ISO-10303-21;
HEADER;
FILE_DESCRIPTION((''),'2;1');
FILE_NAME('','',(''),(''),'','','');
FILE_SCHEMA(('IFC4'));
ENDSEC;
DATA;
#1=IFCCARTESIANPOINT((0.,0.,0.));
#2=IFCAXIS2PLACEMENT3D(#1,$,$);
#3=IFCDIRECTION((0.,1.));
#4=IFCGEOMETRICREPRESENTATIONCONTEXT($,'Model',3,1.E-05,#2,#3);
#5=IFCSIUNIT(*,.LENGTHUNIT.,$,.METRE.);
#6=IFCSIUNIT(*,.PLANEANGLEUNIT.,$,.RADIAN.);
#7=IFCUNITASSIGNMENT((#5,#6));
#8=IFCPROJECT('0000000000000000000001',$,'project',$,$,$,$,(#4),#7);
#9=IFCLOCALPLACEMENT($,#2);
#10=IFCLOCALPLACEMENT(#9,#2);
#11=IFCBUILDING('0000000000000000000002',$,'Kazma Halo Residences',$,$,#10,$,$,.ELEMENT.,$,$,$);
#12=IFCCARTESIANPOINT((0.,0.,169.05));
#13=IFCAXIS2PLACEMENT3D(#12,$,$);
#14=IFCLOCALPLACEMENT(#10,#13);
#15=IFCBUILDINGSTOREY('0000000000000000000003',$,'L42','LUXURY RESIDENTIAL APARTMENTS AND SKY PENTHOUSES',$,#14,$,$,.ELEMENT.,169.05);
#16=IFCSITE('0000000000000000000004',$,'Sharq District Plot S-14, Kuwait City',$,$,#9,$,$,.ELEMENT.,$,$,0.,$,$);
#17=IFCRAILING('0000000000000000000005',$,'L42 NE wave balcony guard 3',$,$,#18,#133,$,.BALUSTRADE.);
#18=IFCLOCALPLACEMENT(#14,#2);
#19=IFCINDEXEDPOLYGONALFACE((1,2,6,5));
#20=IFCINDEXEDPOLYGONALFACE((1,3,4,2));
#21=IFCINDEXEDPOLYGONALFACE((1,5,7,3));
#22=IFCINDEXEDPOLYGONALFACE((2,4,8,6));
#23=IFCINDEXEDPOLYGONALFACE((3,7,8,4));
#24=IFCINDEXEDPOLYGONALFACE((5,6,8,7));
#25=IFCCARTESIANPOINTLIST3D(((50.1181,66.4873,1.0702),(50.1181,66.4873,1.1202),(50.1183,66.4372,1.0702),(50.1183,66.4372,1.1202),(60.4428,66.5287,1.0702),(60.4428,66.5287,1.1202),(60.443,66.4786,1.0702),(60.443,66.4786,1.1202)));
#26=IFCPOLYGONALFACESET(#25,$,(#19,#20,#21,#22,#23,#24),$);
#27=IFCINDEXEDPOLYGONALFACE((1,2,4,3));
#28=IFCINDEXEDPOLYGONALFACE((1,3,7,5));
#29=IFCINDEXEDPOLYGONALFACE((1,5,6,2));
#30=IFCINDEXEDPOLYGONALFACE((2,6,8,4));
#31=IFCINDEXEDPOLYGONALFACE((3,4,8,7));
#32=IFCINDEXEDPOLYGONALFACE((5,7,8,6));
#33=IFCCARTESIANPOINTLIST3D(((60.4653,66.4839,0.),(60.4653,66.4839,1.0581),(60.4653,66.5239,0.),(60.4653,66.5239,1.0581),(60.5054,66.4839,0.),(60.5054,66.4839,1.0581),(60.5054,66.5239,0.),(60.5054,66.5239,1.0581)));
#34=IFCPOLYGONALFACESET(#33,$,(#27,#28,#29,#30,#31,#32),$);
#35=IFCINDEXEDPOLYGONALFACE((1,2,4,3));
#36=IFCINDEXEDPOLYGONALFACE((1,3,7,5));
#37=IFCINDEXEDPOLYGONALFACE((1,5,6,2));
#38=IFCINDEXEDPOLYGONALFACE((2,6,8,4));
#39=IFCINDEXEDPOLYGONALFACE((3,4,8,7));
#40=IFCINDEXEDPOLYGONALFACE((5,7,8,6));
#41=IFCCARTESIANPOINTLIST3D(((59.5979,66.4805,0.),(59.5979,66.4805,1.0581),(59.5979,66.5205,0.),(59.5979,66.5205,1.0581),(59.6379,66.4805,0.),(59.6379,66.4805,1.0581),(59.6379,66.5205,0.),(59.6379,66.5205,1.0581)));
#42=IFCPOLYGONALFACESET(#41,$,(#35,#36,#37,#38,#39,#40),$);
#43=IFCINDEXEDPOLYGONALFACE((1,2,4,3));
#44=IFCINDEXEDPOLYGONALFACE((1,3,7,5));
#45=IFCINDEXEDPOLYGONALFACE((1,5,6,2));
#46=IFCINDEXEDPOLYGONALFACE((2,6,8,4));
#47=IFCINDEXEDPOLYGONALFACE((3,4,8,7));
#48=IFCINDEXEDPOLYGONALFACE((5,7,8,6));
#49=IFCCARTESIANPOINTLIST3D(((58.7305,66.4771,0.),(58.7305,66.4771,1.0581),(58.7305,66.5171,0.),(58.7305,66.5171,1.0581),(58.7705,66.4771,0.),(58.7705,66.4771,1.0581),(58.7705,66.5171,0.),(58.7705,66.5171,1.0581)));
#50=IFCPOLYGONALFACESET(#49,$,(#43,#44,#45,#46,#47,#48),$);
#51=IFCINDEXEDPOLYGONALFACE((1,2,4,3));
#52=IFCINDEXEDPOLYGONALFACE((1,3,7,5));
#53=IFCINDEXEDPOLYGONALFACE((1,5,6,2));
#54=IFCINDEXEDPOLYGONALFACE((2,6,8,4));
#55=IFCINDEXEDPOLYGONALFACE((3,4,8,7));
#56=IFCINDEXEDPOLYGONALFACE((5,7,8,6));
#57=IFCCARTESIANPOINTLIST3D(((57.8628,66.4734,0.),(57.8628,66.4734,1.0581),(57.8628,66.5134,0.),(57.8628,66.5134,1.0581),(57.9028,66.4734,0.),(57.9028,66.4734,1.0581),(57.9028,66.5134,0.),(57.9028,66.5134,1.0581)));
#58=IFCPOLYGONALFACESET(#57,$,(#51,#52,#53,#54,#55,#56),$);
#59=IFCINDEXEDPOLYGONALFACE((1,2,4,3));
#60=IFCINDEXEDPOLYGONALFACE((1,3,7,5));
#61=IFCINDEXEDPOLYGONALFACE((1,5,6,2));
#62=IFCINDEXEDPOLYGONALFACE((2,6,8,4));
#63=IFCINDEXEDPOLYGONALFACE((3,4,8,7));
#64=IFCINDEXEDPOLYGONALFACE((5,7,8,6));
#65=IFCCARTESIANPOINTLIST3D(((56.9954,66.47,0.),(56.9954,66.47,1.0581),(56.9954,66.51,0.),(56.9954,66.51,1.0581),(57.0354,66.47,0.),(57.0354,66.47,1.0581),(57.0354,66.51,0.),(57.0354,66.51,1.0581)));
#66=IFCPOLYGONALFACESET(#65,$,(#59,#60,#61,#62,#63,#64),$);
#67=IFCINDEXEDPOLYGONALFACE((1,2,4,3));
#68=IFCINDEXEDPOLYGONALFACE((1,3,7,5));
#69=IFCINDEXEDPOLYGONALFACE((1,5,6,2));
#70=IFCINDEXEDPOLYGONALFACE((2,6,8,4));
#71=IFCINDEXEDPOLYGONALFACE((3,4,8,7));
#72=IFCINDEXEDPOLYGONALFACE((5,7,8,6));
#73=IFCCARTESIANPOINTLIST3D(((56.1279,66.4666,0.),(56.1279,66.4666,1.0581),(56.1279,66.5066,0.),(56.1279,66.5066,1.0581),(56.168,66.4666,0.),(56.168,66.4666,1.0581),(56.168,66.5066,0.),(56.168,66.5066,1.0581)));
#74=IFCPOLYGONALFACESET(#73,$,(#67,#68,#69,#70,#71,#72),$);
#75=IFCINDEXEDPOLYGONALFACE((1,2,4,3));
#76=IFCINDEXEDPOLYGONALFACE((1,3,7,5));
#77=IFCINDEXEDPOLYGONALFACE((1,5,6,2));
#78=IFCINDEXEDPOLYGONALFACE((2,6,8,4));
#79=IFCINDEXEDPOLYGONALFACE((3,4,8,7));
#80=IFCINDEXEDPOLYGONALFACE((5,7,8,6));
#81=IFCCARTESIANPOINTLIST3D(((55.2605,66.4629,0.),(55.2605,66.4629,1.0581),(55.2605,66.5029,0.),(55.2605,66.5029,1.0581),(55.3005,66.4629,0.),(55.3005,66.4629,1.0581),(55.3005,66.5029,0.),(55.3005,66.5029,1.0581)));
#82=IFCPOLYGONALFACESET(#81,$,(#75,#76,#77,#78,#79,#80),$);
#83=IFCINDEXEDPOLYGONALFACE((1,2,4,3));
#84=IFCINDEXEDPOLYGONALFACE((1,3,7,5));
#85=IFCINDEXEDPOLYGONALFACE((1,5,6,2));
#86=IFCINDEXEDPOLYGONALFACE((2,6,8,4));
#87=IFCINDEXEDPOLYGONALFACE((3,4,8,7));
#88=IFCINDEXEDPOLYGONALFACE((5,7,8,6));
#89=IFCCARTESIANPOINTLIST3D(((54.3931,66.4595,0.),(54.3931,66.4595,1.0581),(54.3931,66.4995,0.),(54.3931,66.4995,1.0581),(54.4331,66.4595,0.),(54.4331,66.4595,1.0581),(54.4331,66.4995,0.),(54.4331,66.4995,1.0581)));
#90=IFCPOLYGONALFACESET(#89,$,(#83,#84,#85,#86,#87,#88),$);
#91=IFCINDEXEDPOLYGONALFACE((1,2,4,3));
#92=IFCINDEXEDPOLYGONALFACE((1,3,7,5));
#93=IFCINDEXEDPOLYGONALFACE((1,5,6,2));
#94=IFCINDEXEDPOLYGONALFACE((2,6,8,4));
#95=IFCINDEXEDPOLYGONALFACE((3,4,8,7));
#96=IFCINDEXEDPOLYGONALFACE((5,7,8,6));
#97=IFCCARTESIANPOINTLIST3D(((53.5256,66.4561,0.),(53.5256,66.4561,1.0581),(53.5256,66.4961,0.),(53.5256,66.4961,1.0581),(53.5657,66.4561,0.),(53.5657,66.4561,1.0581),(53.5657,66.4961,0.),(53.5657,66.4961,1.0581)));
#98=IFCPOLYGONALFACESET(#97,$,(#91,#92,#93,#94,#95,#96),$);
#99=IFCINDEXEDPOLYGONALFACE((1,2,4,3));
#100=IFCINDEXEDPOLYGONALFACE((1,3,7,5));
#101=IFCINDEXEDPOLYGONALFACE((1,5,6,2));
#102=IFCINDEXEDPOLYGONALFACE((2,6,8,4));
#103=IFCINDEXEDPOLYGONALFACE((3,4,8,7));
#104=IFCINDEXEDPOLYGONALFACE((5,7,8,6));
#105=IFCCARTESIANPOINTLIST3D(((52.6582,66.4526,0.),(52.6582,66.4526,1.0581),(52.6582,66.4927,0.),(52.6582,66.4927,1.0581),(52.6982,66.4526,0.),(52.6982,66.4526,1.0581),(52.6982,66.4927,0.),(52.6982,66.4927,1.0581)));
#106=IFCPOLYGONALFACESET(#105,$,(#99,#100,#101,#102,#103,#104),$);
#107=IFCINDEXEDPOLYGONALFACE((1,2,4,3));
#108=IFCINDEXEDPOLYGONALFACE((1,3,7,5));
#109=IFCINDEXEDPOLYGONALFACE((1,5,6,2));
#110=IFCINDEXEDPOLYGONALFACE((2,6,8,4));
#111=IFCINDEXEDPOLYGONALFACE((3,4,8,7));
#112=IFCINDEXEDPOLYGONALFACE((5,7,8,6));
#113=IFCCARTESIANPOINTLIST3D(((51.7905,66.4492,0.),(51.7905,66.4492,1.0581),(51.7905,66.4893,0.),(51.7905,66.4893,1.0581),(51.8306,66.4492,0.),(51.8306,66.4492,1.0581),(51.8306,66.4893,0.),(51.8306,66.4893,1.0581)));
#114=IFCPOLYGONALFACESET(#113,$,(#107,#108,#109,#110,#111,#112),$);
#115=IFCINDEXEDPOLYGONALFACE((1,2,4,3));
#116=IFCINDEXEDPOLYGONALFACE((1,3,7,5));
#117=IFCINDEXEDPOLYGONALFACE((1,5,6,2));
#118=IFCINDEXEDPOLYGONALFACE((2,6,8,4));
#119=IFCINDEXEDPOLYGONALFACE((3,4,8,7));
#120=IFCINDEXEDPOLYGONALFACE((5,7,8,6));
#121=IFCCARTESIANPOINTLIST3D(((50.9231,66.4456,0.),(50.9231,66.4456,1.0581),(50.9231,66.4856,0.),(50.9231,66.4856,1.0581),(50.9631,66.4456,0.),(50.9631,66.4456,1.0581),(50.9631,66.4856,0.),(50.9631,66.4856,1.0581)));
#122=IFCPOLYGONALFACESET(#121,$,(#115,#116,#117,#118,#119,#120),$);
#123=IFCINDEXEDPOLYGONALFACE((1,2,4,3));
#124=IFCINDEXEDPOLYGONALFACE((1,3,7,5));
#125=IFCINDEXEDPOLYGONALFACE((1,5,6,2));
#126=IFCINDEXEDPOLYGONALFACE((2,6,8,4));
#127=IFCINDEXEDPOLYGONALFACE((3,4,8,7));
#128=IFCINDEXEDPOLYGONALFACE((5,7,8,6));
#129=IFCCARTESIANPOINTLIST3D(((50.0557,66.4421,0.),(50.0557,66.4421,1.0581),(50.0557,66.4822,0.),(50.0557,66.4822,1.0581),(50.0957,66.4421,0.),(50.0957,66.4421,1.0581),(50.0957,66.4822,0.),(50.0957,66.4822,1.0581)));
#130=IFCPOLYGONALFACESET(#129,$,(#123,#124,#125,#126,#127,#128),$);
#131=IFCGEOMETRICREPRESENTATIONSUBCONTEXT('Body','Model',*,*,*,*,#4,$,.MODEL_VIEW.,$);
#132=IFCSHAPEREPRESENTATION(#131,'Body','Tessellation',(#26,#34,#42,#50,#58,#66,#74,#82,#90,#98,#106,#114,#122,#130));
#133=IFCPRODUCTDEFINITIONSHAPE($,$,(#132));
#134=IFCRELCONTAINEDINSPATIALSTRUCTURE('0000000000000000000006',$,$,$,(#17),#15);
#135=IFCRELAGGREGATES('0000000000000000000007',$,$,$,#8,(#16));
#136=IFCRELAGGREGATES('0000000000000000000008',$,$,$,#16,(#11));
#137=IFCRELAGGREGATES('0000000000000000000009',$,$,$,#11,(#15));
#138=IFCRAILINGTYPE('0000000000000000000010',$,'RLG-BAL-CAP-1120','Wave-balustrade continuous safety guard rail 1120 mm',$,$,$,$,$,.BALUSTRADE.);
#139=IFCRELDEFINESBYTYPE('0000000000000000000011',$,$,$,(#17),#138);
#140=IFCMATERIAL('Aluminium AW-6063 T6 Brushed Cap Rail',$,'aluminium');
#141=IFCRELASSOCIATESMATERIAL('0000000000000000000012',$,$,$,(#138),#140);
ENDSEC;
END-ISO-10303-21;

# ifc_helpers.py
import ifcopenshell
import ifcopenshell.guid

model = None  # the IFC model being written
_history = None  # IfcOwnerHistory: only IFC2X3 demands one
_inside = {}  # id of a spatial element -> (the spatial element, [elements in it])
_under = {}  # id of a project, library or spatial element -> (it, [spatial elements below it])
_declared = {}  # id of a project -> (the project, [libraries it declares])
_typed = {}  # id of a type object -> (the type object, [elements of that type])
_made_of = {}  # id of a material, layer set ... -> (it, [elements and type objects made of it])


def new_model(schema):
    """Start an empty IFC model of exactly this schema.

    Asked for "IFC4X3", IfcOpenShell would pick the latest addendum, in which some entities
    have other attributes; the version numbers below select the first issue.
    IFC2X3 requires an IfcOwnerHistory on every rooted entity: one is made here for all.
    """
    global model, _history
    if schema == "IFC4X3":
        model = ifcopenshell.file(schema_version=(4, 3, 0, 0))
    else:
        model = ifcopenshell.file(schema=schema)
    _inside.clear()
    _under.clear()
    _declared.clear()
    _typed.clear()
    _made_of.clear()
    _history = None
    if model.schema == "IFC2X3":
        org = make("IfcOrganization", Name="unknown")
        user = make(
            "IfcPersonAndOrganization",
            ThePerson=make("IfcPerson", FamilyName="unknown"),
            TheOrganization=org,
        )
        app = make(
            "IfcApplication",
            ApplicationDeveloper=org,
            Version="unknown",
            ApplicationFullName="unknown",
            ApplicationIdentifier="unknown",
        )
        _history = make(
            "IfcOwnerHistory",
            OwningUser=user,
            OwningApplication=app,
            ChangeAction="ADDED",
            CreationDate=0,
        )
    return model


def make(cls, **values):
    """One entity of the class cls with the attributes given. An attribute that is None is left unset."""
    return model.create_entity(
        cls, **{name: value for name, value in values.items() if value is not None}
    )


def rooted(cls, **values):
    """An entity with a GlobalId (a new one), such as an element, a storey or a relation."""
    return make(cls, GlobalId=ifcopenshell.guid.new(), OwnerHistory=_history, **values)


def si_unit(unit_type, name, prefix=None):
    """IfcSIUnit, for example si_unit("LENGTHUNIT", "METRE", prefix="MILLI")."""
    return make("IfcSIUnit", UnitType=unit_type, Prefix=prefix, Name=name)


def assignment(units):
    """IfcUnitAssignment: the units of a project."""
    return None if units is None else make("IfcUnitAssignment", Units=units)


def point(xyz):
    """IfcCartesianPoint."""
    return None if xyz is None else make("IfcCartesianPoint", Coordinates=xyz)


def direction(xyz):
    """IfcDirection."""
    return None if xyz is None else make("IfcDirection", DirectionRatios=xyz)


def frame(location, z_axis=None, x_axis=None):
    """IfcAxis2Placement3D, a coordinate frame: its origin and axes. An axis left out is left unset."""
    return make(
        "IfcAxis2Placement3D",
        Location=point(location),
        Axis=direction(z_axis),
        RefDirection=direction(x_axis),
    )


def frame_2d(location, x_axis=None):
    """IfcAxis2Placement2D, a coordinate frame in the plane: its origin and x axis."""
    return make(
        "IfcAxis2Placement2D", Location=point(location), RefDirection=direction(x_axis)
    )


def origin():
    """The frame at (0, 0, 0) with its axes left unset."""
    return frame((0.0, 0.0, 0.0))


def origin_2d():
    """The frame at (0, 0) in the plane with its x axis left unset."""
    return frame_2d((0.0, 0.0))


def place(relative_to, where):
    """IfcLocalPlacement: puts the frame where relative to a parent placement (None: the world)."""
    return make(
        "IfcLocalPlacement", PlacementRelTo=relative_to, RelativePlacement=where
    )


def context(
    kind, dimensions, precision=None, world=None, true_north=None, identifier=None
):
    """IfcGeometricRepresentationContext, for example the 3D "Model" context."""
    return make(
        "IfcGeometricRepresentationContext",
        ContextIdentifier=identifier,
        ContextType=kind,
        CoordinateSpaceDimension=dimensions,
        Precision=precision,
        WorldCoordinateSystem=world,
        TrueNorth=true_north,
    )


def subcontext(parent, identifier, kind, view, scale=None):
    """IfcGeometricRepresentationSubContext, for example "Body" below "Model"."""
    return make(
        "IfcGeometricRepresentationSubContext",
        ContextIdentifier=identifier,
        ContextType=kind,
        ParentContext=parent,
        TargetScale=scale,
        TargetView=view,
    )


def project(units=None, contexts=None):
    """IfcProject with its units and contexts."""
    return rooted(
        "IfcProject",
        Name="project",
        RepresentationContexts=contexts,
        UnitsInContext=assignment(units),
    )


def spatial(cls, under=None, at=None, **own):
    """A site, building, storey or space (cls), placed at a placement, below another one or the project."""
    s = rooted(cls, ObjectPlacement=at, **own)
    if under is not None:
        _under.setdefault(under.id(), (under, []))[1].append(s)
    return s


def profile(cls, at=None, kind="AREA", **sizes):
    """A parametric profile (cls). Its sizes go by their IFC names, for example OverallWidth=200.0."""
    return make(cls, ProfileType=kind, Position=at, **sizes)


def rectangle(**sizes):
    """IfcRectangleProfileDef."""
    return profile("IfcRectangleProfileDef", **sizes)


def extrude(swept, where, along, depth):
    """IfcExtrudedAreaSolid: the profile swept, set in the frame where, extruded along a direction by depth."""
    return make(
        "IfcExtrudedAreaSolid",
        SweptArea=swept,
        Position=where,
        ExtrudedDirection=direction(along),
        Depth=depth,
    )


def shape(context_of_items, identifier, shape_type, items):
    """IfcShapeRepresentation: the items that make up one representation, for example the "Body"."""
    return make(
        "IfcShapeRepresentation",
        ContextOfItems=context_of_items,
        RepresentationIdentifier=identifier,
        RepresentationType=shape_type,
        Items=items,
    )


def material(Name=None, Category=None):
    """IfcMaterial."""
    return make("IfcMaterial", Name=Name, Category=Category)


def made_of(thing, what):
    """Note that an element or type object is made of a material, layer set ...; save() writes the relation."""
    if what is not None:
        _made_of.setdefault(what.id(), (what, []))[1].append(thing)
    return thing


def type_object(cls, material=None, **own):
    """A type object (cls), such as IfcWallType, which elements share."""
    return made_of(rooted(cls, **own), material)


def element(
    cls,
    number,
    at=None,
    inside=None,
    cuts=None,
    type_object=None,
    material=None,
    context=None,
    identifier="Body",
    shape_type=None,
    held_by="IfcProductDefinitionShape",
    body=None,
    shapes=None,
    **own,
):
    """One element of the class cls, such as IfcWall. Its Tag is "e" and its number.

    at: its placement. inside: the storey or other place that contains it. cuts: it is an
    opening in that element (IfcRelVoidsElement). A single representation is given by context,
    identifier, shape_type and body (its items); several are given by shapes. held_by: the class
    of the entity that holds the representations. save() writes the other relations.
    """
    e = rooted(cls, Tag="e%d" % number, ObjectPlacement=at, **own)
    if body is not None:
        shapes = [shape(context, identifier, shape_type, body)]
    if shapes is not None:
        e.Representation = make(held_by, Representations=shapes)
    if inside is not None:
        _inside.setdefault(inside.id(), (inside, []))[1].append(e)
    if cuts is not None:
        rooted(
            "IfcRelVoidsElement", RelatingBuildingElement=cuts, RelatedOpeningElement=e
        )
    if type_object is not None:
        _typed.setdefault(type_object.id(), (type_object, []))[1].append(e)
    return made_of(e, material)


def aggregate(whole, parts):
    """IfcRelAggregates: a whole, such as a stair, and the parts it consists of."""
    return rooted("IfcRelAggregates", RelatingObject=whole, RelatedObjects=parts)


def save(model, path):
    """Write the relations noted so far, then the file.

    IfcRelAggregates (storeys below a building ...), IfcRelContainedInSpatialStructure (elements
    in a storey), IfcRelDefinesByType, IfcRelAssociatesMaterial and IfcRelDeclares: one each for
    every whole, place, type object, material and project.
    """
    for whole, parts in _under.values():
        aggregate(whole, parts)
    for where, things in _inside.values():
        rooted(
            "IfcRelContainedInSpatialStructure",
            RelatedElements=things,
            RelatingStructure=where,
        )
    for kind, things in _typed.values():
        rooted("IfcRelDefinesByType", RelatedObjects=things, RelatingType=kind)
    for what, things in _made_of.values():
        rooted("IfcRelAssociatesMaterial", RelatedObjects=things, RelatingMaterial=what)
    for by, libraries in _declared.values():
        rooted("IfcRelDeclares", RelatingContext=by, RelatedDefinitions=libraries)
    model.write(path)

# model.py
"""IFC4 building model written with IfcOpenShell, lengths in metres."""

from ifc_helpers import new_model, si_unit, direction, frame, origin, origin_2d, place, context, subcontext, project, spatial, rectangle, extrude, material, type_object, element, save


model = new_model("IFC4")

# Units and contexts
model_context = context("Model", 3, precision=1e-05, world=origin(), true_north=direction((0.0, 1.0)))
body_context = subcontext(model_context, "Body", "Model", "MODEL_VIEW")
ifc_project = project(units=[si_unit("LENGTHUNIT", "METRE"), si_unit("PLANEANGLEUNIT", "RADIAN")], contexts=[model_context])

# Site, building, storey
site_placement = place(None, origin())
site = spatial("IfcSite", under=ifc_project, at=site_placement, Name="Sharq District Plot S-14, Kuwait City", CompositionType="ELEMENT", RefElevation=0.0)
building_placement = place(site_placement, origin())
building = spatial("IfcBuilding", under=site, at=building_placement, Name="Kazma Halo Residences", CompositionType="ELEMENT")
storey_placement = place(building_placement, frame((0.0, 0.0, 169.05)))
storey = spatial("IfcBuildingStorey", under=building, at=storey_placement, Name="L42", Description="LUXURY RESIDENTIAL APARTMENTS AND SKY PENTHOUSES", CompositionType="ELEMENT", Elevation=169.05)

# Railing
ifc_material_1 = material(Name="Aluminium AW-6063 T6 Brushed Cap Rail", Category="aluminium")
railing_type = type_object("IfcRailingType", Name="RLG-BAL-CAP-1120", Description="Wave-balustrade continuous safety guard rail 1120 mm", PredefinedType="BALUSTRADE", material=ifc_material_1)
railing_1_placement = place(storey_placement, frame((60.4854, 66.5039, 0.0)))
element("IfcRailing", 1, at=railing_1_placement, inside=storey, type_object=railing_type, Name="L42 NE wave balcony guard 3", PredefinedType="BALUSTRADE", context=body_context, shape_type="SweptSolid", body=[
    extrude(rectangle(XDim=0.05, YDim=0.05, at=origin_2d()), frame((-0.0425, -0.0002, 1.0952), z_axis=(-0.999992, -0.00401, 0.0), x_axis=(0.00401, -0.999992, 0.0)), (0.0, 0.0, 1.0), 10.3247),
    extrude(rectangle(XDim=0.04, YDim=0.04, at=origin_2d()), origin(), (0.0, 0.0, 1.0), 1.0581),
    extrude(rectangle(XDim=0.04, YDim=0.04, at=origin_2d()), frame((-0.8674, -0.0034, 0.0)), (0.0, 0.0, 1.0), 1.0581),
    extrude(rectangle(XDim=0.04, YDim=0.04, at=origin_2d()), frame((-1.7349, -0.0068, 0.0)), (0.0, 0.0, 1.0), 1.0581),
    extrude(rectangle(XDim=0.04, YDim=0.04, at=origin_2d()), frame((-2.6025, -0.0105, 0.0)), (0.0, 0.0, 1.0), 1.0581),
    extrude(rectangle(XDim=0.04, YDim=0.04, at=origin_2d()), frame((-3.47, -0.0139, 0.0)), (0.0, 0.0, 1.0), 1.0581),
    extrude(rectangle(XDim=0.04, YDim=0.04, at=origin_2d()), frame((-4.3374, -0.0173, 0.0)), (0.0, 0.0, 1.0), 1.0581),
    extrude(rectangle(XDim=0.04, YDim=0.04, at=origin_2d()), frame((-5.2048, -0.021, 0.0)), (0.0, 0.0, 1.0), 1.0581),
    extrude(rectangle(XDim=0.04, YDim=0.04, at=origin_2d()), frame((-6.0723, -0.0244, 0.0)), (0.0, 0.0, 1.0), 1.0581),
    extrude(rectangle(XDim=0.04, YDim=0.04, at=origin_2d()), frame((-6.9397, -0.0278, 0.0)), (0.0, 0.0, 1.0), 1.0581),
    extrude(rectangle(XDim=0.04, YDim=0.04, at=origin_2d()), frame((-7.8071, -0.0312, 0.0)), (0.0, 0.0, 1.0), 1.0581),
    extrude(rectangle(XDim=0.04, YDim=0.04, at=origin_2d()), frame((-8.6748, -0.0347, 0.0)), (0.0, 0.0, 1.0), 1.0581),
    extrude(rectangle(XDim=0.04, YDim=0.04, at=origin_2d()), frame((-9.5422, -0.0383, 0.0)), (0.0, 0.0, 1.0), 1.0581),
    extrude(rectangle(XDim=0.04, YDim=0.04, at=origin_2d()), frame((-10.4097, -0.0417, 0.0)), (0.0, 0.0, 1.0), 1.0581),
])

save(model, "model.ifc")
